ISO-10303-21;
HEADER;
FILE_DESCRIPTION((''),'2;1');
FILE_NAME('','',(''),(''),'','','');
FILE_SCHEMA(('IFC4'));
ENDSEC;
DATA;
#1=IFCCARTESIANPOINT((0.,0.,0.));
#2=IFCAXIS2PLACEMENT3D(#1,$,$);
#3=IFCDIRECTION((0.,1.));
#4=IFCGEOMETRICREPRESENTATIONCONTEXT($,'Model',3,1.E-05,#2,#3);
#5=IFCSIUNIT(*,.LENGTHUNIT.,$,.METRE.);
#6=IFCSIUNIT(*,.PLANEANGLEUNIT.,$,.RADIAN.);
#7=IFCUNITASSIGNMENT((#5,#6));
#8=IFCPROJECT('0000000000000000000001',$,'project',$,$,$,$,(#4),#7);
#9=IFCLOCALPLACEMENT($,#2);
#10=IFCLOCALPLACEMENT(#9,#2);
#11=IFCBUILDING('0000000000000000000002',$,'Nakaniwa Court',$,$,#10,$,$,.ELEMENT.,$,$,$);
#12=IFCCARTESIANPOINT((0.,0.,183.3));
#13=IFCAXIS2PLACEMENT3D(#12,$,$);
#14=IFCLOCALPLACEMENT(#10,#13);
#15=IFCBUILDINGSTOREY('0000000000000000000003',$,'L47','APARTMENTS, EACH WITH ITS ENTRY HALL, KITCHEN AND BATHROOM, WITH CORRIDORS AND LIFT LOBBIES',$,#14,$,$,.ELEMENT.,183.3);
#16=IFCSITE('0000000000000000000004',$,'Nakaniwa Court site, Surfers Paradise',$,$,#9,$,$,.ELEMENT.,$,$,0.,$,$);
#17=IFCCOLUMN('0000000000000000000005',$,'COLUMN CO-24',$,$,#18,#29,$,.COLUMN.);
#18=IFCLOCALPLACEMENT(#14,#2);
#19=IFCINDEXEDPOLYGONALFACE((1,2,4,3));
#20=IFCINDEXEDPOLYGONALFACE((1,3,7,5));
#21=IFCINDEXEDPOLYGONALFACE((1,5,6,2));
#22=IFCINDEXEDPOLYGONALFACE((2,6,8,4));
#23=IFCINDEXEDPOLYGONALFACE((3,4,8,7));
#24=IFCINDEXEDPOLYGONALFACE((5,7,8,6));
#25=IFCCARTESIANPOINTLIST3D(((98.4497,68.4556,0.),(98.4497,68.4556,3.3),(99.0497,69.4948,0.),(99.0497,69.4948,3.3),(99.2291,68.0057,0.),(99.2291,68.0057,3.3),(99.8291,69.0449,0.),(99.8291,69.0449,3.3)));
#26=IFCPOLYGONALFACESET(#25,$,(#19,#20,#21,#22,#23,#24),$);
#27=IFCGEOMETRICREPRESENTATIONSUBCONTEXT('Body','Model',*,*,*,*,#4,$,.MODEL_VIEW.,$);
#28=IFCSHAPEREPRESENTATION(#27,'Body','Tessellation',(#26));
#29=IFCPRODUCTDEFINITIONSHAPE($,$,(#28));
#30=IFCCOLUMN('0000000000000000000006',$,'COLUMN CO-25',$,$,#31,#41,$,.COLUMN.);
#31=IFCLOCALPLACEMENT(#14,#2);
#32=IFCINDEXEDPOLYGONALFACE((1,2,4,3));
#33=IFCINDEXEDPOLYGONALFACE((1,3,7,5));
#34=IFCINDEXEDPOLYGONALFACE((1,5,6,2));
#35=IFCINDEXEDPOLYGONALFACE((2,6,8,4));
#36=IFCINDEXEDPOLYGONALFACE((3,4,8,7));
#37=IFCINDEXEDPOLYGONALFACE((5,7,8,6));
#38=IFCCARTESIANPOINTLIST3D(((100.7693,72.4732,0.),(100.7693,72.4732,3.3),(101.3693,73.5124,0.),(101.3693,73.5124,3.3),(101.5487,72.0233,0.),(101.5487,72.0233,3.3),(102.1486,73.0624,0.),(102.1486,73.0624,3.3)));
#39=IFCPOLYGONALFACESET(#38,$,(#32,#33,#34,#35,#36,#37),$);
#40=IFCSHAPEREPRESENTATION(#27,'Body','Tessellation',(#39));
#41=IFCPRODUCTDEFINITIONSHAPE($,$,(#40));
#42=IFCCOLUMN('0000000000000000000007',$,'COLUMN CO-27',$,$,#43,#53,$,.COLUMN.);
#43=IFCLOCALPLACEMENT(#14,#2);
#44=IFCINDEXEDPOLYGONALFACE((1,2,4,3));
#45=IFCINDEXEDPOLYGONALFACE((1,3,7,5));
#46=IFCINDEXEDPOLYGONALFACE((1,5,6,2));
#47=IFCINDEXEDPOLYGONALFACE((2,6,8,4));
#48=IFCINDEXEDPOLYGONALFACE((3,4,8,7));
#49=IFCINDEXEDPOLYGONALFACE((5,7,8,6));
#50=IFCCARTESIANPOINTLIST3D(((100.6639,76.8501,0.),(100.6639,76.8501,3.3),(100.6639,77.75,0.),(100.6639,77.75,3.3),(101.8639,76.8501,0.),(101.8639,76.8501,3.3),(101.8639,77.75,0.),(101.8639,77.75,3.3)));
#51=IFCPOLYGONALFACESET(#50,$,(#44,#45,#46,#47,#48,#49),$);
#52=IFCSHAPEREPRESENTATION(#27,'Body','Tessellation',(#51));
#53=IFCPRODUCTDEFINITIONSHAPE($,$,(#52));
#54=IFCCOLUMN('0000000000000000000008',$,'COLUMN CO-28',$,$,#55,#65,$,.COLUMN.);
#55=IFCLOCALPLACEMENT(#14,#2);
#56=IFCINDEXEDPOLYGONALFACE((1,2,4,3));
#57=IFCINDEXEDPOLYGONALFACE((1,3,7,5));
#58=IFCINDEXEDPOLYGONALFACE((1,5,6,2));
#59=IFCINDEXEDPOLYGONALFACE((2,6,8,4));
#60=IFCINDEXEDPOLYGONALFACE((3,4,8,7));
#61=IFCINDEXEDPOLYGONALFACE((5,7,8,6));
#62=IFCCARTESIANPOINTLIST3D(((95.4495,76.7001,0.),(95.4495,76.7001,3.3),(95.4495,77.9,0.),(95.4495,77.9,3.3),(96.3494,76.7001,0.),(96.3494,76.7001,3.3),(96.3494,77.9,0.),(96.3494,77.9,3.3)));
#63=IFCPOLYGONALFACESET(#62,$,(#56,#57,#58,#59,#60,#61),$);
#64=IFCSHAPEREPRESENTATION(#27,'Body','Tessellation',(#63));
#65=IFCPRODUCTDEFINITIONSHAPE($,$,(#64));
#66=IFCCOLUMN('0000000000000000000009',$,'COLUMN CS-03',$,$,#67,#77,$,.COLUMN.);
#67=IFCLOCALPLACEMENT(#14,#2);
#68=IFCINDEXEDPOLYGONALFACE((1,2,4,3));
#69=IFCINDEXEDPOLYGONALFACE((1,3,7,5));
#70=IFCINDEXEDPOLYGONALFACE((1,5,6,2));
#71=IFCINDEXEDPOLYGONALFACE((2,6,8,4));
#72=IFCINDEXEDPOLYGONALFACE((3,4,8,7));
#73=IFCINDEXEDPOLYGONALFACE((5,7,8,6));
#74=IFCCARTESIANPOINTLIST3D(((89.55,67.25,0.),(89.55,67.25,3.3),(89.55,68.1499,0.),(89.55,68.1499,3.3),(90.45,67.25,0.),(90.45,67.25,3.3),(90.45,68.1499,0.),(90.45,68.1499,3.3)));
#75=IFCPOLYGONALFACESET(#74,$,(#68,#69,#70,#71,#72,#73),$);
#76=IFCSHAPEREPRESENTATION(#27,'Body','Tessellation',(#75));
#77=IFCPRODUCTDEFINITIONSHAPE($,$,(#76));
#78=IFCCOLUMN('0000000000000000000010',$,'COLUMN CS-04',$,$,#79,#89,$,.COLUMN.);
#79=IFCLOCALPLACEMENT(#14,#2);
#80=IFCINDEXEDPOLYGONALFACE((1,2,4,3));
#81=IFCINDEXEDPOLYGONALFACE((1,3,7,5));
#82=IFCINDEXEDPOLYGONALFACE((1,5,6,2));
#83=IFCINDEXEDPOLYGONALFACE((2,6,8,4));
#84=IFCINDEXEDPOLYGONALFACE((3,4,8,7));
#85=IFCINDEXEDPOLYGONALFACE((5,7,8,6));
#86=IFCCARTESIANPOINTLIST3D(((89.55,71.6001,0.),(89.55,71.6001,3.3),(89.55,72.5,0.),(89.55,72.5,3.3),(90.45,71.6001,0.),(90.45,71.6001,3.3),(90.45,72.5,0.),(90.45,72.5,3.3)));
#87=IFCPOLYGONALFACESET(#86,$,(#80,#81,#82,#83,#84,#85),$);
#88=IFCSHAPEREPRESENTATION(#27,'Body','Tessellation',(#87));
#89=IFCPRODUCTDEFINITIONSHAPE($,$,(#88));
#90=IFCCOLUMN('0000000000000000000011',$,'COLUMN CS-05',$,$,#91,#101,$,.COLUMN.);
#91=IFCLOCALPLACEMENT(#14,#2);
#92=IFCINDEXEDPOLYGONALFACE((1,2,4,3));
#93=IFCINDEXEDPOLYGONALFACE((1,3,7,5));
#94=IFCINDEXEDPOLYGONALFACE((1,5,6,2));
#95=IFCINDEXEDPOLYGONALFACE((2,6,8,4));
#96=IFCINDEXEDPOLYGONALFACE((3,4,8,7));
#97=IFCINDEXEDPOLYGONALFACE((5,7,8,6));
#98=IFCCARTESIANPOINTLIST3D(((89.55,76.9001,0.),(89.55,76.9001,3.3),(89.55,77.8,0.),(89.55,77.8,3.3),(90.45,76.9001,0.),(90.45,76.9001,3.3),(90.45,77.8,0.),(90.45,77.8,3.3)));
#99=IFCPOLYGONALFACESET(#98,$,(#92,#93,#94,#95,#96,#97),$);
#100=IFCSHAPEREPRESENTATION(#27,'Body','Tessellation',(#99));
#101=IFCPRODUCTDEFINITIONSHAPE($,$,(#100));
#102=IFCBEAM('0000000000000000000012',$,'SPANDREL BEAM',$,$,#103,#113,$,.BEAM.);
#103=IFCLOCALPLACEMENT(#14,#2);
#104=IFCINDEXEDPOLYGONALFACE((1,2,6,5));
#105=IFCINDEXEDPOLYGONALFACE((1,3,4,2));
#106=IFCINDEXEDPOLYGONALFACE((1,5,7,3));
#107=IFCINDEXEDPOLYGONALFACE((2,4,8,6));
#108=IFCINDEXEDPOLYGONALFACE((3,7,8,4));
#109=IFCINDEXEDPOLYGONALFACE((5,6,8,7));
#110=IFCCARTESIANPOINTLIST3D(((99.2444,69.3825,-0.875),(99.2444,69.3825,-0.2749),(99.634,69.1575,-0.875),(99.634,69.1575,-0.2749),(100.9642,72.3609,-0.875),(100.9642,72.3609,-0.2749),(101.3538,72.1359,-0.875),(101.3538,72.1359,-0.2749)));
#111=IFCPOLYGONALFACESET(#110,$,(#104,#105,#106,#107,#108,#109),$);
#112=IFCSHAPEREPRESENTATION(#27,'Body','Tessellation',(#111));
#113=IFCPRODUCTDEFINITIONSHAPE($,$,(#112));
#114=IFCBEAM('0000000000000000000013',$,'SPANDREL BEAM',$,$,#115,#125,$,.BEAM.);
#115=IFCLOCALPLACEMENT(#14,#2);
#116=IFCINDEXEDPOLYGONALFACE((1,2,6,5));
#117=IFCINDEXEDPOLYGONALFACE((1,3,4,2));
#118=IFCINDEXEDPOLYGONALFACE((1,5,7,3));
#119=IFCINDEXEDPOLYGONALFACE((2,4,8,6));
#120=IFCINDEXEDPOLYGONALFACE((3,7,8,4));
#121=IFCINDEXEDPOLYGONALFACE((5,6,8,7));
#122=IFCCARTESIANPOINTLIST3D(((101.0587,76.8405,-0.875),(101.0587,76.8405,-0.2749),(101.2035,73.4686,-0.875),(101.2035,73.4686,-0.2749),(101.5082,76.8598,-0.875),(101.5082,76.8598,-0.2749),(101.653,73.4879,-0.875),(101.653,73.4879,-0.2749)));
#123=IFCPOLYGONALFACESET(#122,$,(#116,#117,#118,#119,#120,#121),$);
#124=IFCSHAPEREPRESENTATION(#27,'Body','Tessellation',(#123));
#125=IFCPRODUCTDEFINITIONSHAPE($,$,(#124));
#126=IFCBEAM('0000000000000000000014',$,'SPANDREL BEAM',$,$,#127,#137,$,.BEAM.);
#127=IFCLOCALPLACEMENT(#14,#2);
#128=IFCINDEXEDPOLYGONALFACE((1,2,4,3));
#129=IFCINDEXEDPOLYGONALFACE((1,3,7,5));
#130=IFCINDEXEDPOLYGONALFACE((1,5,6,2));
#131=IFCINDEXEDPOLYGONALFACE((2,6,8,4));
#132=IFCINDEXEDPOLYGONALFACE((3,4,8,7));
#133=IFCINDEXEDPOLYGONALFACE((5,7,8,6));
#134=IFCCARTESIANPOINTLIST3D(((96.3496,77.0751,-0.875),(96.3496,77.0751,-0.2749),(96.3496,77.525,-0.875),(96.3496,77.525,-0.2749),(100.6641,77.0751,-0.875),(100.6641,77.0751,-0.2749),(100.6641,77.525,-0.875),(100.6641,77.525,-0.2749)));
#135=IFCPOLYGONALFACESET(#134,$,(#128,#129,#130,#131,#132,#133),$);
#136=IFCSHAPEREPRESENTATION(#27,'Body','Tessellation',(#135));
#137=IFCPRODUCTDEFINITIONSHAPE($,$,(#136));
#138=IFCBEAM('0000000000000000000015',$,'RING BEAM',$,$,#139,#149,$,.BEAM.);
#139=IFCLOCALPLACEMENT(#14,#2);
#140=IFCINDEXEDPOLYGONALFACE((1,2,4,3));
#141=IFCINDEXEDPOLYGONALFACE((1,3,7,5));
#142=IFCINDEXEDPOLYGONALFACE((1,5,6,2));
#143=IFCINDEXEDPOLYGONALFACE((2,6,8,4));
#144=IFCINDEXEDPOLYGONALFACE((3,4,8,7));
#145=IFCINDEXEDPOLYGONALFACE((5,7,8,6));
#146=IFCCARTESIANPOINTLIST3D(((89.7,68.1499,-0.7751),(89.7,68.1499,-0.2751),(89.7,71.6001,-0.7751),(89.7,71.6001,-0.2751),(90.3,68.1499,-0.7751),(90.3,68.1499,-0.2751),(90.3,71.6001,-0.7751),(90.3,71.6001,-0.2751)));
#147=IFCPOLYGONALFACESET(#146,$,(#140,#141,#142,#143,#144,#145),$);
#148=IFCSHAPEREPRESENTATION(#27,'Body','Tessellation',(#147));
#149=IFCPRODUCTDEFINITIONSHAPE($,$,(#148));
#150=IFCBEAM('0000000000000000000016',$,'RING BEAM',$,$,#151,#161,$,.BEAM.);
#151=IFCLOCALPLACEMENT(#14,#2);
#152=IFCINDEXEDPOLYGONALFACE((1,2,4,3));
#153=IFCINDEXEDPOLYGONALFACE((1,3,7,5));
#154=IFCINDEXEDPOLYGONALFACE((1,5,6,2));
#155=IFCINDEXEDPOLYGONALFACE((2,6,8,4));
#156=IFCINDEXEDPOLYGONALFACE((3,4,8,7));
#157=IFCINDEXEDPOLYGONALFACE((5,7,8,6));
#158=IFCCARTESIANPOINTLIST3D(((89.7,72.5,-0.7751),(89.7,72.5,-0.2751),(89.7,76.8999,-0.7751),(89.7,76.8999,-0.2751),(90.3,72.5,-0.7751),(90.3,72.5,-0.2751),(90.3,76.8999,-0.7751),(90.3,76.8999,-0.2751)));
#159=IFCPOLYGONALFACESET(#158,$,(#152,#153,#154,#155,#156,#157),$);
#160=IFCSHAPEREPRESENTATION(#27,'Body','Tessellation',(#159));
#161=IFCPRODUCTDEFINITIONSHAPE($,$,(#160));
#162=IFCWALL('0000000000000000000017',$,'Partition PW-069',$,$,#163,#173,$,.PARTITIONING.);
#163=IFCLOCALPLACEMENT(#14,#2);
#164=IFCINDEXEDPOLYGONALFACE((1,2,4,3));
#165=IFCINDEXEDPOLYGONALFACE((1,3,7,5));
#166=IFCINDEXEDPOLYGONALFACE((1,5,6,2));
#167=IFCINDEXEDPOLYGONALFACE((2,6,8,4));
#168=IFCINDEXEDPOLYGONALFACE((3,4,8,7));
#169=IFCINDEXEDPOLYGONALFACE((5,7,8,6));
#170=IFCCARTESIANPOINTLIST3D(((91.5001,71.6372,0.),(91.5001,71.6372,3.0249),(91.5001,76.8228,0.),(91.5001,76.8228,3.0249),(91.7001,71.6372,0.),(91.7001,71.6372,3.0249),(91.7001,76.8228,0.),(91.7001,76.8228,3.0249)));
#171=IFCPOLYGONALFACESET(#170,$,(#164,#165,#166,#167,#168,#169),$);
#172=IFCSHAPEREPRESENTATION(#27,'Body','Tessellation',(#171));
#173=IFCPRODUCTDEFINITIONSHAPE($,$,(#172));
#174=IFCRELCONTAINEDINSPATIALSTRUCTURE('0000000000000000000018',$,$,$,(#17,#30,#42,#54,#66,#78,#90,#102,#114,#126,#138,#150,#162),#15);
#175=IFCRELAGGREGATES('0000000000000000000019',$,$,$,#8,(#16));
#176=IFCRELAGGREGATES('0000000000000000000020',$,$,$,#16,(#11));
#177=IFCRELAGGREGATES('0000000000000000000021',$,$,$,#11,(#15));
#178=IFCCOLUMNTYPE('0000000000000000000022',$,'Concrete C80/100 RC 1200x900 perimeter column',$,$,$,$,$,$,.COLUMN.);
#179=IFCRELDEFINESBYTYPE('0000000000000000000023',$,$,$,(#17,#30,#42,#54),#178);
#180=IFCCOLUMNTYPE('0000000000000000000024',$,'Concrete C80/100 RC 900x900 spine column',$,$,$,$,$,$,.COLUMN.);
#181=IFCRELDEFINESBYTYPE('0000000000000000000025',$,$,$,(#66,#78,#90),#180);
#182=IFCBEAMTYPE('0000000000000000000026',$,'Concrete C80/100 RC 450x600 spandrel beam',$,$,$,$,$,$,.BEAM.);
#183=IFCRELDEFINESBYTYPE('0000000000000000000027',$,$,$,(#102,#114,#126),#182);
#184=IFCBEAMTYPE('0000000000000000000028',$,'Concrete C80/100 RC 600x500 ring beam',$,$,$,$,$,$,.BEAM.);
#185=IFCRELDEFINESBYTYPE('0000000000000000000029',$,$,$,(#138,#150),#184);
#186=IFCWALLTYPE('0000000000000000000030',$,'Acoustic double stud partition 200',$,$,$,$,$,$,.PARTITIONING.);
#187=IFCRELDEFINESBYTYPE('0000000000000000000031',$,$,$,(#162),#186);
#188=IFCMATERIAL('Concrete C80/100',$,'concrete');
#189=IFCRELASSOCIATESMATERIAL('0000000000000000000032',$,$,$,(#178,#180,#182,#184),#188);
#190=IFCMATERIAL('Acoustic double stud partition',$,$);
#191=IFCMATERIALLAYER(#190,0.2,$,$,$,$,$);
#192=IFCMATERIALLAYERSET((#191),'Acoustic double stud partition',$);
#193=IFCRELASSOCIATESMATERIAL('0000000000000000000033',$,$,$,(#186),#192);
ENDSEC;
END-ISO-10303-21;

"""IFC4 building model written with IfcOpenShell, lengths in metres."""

from ifc_helpers import new_model, si_unit, direction, frame, frame_2d, origin, origin_2d, place, context, subcontext, project, spatial, rectangle, extrude, material, layer, layer_set, material_profile, profile_set, type_object, element, save


model = new_model("IFC4")

# Units and contexts
model_context = context("Model", 3, precision=1e-05, world=origin(), true_north=direction((0.0, 1.0)))
body_context = subcontext(model_context, "Body", "Model", "MODEL_VIEW")
ifc_project = project(units=[si_unit("LENGTHUNIT", "METRE"), si_unit("PLANEANGLEUNIT", "RADIAN")], contexts=[model_context])

# Site, building, storey
site_placement = place(None, origin())
site = spatial("IfcSite", under=ifc_project, at=site_placement, Name="Nakaniwa Court site, Surfers Paradise", CompositionType="ELEMENT", RefElevation=0.0)
building_placement = place(site_placement, origin())
building = spatial("IfcBuilding", under=site, at=building_placement, Name="Nakaniwa Court", CompositionType="ELEMENT")
storey_placement = place(building_placement, frame((0.0, 0.0, 183.3)))
storey = spatial("IfcBuildingStorey", under=building, at=storey_placement, Name="L47", Description="APARTMENTS, EACH WITH ITS ENTRY HALL, KITCHEN AND BATHROOM, WITH CORRIDORS AND LIFT LOBBIES", CompositionType="ELEMENT", Elevation=183.3)

# Columns
ifc_material_1 = material(Name="Concrete C80/100", Category="concrete")
ifc_material_profile_1 = material_profile(ifc_material_1, rectangle(XDim=1.2, YDim=0.8999, at=origin_2d()), Name="Concrete C80/100 RC 1200x900 perimeter column")
ifc_profile_set_1 = profile_set([ifc_material_profile_1], Name="Concrete C80/100")
column_type_1 = type_object("IfcColumnType", Name="Concrete C80/100 RC 1200x900 perimeter column", PredefinedType="COLUMN", material=ifc_profile_set_1)
for number, where, z_axis, x_axis, name in (
    (1, (99.1394, 68.7502, 0.0), (0.0, 0.0, 1.0), (0.5, 0.866025, 0.0), "COLUMN CO-24"),
    (2, (101.459, 72.7678, 0.0), (0.0, 0.0, 1.0), (0.5, 0.866025, 0.0), "COLUMN CO-25"),
    (3, (101.2639, 77.3, 0.0), (0.0, 0.0, 1.0), (-1.0, 0.0, 0.0), "COLUMN CO-27"),
    (4, (95.8994, 77.3, 0.0), (0.0, 0.0, 1.0), (0.0, 1.0, 0.0), "COLUMN CO-28"),
):
    element("IfcColumn", number, at=place(storey_placement, frame(where, z_axis=z_axis, x_axis=x_axis)), inside=storey, type_object=column_type_1, Name=name, PredefinedType="COLUMN", context=body_context, shape_type="SweptSolid", body=[
        extrude(rectangle(XDim=1.2, YDim=0.8999, at=origin_2d()), origin(), (0.0, 0.0, 1.0), 3.3),
    ])
ifc_material_profile_2 = material_profile(ifc_material_1, rectangle(XDim=0.8999, YDim=0.8999, at=origin_2d()), Name="Concrete C80/100 RC 900x900 spine column")
ifc_profile_set_2 = profile_set([ifc_material_profile_2], Name="Concrete C80/100")
column_type_2 = type_object("IfcColumnType", Name="Concrete C80/100 RC 900x900 spine column", PredefinedType="COLUMN", material=ifc_profile_set_2)
for number, where, z_axis, x_axis, name in (
    (5, (90.0, 67.7, 0.0), (0.0, 0.0, 1.0), (0.0, 1.0, 0.0), "COLUMN CS-03"),
    (6, (90.0, 72.05, 0.0), (0.0, 0.0, 1.0), (0.0, 1.0, 0.0), "COLUMN CS-04"),
    (7, (90.0, 77.3501, 0.0), (0.0, 0.0, 1.0), (0.0, 1.0, 0.0), "COLUMN CS-05"),
):
    element("IfcColumn", number, at=place(storey_placement, frame(where, z_axis=z_axis, x_axis=x_axis)), inside=storey, type_object=column_type_2, Name=name, PredefinedType="COLUMN", context=body_context, shape_type="SweptSolid", body=[
        extrude(rectangle(XDim=0.8999, YDim=0.8999, at=origin_2d()), origin(), (0.0, 0.0, 1.0), 3.3),
    ])

# Beams
ifc_material_profile_3 = material_profile(ifc_material_1, rectangle(XDim=0.45, YDim=0.6001, at=origin_2d()), Name="Concrete C80/100 RC 450x600 spandrel beam")
ifc_profile_set_3 = profile_set([ifc_material_profile_3], Name="Concrete C80/100")
beam_type_1 = type_object("IfcBeamType", Name="Concrete C80/100 RC 450x600 spandrel beam", PredefinedType="BEAM", material=ifc_profile_set_3)
beam_1_placement = place(storey_placement, frame((99.4392, 69.27, -0.575), z_axis=(0.500048, 0.865998, 0.0), x_axis=(-0.865998, 0.500048, 0.0)))
element("IfcBeam", 8, at=beam_1_placement, inside=storey, type_object=beam_type_1, Name="SPANDREL BEAM", PredefinedType="BEAM", context=body_context, shape_type="SweptSolid", body=[
    extrude(rectangle(XDim=0.45, YDim=0.6001, at=origin_2d()), origin(), (0.0, 0.0, 1.0), 3.4392),
])
beam_2_placement = place(storey_placement, frame((101.4282, 73.4783, -0.575), z_axis=(-0.042897, 0.999079, 0.0), x_axis=(-0.999079, -0.042897, 0.0)))
element("IfcBeam", 9, at=beam_2_placement, inside=storey, type_object=beam_type_1, Name="SPANDREL BEAM", PredefinedType="BEAM", context=body_context, shape_type="SweptSolid", body=[
    extrude(rectangle(XDim=0.45, YDim=0.6001, at=origin_2d()), origin(), (0.0, 0.0, 1.0), 3.375),
])
beam_3_placement = place(storey_placement, frame((100.6641, 77.3, -0.575), z_axis=(-1.0, 0.0, 0.0), x_axis=(0.0, -1.0, 0.0)))
element("IfcBeam", 10, at=beam_3_placement, inside=storey, type_object=beam_type_1, Name="SPANDREL BEAM", PredefinedType="BEAM", context=body_context, shape_type="SweptSolid", body=[
    extrude(rectangle(XDim=0.45, YDim=0.6001, at=origin_2d()), origin(), (0.0, 0.0, 1.0), 4.3145),
])
ifc_material_profile_4 = material_profile(ifc_material_1, rectangle(XDim=0.6001, YDim=0.5, at=origin_2d()), Name="Concrete C80/100 RC 600x500 ring beam")
ifc_profile_set_4 = profile_set([ifc_material_profile_4], Name="Concrete C80/100")
beam_type_2 = type_object("IfcBeamType", Name="Concrete C80/100 RC 600x500 ring beam", PredefinedType="BEAM", material=ifc_profile_set_4)
beam_4_placement = place(storey_placement, frame((90.0, 68.1499, -0.5251), z_axis=(0.0, 1.0, 0.0), x_axis=(-1.0, 0.0, 0.0)))
element("IfcBeam", 11, at=beam_4_placement, inside=storey, type_object=beam_type_2, Name="RING BEAM", PredefinedType="BEAM", context=body_context, shape_type="SweptSolid", body=[
    extrude(rectangle(XDim=0.6001, YDim=0.5, at=origin_2d()), origin(), (0.0, 0.0, 1.0), 3.4502),
])
beam_5_placement = place(storey_placement, frame((90.0, 72.5, -0.5251), z_axis=(0.0, 1.0, 0.0), x_axis=(-1.0, 0.0, 0.0)))
element("IfcBeam", 12, at=beam_5_placement, inside=storey, type_object=beam_type_2, Name="RING BEAM", PredefinedType="BEAM", context=body_context, shape_type="SweptSolid", body=[
    extrude(rectangle(XDim=0.6001, YDim=0.5, at=origin_2d()), origin(), (0.0, 0.0, 1.0), 4.3999),
])

# Wall
ifc_material_2 = material(Name="Acoustic double stud partition")
ifc_layer_1 = layer(ifc_material_2, 0.2)
ifc_layer_set_1 = layer_set([ifc_layer_1], Name="Acoustic double stud partition")
wall_type_1 = type_object("IfcWallType", Name="Acoustic double stud partition 200", PredefinedType="PARTITIONING", material=ifc_layer_set_1)
wall_1_placement = place(storey_placement, frame((91.6001, 71.6372, 0.0), z_axis=(0.0, 0.0, 1.0), x_axis=(0.0, 1.0, 0.0)))
element("IfcWall", 13, at=wall_1_placement, inside=storey, type_object=wall_type_1, Name="Partition PW-069", PredefinedType="PARTITIONING", context=body_context, shape_type="SweptSolid", body=[
    extrude(rectangle(XDim=5.1855, YDim=0.2, at=frame_2d((2.5928, 0.0))), origin(), (0.0, 0.0, 1.0), 3.0249),
])

save(model, "model.ifc")
